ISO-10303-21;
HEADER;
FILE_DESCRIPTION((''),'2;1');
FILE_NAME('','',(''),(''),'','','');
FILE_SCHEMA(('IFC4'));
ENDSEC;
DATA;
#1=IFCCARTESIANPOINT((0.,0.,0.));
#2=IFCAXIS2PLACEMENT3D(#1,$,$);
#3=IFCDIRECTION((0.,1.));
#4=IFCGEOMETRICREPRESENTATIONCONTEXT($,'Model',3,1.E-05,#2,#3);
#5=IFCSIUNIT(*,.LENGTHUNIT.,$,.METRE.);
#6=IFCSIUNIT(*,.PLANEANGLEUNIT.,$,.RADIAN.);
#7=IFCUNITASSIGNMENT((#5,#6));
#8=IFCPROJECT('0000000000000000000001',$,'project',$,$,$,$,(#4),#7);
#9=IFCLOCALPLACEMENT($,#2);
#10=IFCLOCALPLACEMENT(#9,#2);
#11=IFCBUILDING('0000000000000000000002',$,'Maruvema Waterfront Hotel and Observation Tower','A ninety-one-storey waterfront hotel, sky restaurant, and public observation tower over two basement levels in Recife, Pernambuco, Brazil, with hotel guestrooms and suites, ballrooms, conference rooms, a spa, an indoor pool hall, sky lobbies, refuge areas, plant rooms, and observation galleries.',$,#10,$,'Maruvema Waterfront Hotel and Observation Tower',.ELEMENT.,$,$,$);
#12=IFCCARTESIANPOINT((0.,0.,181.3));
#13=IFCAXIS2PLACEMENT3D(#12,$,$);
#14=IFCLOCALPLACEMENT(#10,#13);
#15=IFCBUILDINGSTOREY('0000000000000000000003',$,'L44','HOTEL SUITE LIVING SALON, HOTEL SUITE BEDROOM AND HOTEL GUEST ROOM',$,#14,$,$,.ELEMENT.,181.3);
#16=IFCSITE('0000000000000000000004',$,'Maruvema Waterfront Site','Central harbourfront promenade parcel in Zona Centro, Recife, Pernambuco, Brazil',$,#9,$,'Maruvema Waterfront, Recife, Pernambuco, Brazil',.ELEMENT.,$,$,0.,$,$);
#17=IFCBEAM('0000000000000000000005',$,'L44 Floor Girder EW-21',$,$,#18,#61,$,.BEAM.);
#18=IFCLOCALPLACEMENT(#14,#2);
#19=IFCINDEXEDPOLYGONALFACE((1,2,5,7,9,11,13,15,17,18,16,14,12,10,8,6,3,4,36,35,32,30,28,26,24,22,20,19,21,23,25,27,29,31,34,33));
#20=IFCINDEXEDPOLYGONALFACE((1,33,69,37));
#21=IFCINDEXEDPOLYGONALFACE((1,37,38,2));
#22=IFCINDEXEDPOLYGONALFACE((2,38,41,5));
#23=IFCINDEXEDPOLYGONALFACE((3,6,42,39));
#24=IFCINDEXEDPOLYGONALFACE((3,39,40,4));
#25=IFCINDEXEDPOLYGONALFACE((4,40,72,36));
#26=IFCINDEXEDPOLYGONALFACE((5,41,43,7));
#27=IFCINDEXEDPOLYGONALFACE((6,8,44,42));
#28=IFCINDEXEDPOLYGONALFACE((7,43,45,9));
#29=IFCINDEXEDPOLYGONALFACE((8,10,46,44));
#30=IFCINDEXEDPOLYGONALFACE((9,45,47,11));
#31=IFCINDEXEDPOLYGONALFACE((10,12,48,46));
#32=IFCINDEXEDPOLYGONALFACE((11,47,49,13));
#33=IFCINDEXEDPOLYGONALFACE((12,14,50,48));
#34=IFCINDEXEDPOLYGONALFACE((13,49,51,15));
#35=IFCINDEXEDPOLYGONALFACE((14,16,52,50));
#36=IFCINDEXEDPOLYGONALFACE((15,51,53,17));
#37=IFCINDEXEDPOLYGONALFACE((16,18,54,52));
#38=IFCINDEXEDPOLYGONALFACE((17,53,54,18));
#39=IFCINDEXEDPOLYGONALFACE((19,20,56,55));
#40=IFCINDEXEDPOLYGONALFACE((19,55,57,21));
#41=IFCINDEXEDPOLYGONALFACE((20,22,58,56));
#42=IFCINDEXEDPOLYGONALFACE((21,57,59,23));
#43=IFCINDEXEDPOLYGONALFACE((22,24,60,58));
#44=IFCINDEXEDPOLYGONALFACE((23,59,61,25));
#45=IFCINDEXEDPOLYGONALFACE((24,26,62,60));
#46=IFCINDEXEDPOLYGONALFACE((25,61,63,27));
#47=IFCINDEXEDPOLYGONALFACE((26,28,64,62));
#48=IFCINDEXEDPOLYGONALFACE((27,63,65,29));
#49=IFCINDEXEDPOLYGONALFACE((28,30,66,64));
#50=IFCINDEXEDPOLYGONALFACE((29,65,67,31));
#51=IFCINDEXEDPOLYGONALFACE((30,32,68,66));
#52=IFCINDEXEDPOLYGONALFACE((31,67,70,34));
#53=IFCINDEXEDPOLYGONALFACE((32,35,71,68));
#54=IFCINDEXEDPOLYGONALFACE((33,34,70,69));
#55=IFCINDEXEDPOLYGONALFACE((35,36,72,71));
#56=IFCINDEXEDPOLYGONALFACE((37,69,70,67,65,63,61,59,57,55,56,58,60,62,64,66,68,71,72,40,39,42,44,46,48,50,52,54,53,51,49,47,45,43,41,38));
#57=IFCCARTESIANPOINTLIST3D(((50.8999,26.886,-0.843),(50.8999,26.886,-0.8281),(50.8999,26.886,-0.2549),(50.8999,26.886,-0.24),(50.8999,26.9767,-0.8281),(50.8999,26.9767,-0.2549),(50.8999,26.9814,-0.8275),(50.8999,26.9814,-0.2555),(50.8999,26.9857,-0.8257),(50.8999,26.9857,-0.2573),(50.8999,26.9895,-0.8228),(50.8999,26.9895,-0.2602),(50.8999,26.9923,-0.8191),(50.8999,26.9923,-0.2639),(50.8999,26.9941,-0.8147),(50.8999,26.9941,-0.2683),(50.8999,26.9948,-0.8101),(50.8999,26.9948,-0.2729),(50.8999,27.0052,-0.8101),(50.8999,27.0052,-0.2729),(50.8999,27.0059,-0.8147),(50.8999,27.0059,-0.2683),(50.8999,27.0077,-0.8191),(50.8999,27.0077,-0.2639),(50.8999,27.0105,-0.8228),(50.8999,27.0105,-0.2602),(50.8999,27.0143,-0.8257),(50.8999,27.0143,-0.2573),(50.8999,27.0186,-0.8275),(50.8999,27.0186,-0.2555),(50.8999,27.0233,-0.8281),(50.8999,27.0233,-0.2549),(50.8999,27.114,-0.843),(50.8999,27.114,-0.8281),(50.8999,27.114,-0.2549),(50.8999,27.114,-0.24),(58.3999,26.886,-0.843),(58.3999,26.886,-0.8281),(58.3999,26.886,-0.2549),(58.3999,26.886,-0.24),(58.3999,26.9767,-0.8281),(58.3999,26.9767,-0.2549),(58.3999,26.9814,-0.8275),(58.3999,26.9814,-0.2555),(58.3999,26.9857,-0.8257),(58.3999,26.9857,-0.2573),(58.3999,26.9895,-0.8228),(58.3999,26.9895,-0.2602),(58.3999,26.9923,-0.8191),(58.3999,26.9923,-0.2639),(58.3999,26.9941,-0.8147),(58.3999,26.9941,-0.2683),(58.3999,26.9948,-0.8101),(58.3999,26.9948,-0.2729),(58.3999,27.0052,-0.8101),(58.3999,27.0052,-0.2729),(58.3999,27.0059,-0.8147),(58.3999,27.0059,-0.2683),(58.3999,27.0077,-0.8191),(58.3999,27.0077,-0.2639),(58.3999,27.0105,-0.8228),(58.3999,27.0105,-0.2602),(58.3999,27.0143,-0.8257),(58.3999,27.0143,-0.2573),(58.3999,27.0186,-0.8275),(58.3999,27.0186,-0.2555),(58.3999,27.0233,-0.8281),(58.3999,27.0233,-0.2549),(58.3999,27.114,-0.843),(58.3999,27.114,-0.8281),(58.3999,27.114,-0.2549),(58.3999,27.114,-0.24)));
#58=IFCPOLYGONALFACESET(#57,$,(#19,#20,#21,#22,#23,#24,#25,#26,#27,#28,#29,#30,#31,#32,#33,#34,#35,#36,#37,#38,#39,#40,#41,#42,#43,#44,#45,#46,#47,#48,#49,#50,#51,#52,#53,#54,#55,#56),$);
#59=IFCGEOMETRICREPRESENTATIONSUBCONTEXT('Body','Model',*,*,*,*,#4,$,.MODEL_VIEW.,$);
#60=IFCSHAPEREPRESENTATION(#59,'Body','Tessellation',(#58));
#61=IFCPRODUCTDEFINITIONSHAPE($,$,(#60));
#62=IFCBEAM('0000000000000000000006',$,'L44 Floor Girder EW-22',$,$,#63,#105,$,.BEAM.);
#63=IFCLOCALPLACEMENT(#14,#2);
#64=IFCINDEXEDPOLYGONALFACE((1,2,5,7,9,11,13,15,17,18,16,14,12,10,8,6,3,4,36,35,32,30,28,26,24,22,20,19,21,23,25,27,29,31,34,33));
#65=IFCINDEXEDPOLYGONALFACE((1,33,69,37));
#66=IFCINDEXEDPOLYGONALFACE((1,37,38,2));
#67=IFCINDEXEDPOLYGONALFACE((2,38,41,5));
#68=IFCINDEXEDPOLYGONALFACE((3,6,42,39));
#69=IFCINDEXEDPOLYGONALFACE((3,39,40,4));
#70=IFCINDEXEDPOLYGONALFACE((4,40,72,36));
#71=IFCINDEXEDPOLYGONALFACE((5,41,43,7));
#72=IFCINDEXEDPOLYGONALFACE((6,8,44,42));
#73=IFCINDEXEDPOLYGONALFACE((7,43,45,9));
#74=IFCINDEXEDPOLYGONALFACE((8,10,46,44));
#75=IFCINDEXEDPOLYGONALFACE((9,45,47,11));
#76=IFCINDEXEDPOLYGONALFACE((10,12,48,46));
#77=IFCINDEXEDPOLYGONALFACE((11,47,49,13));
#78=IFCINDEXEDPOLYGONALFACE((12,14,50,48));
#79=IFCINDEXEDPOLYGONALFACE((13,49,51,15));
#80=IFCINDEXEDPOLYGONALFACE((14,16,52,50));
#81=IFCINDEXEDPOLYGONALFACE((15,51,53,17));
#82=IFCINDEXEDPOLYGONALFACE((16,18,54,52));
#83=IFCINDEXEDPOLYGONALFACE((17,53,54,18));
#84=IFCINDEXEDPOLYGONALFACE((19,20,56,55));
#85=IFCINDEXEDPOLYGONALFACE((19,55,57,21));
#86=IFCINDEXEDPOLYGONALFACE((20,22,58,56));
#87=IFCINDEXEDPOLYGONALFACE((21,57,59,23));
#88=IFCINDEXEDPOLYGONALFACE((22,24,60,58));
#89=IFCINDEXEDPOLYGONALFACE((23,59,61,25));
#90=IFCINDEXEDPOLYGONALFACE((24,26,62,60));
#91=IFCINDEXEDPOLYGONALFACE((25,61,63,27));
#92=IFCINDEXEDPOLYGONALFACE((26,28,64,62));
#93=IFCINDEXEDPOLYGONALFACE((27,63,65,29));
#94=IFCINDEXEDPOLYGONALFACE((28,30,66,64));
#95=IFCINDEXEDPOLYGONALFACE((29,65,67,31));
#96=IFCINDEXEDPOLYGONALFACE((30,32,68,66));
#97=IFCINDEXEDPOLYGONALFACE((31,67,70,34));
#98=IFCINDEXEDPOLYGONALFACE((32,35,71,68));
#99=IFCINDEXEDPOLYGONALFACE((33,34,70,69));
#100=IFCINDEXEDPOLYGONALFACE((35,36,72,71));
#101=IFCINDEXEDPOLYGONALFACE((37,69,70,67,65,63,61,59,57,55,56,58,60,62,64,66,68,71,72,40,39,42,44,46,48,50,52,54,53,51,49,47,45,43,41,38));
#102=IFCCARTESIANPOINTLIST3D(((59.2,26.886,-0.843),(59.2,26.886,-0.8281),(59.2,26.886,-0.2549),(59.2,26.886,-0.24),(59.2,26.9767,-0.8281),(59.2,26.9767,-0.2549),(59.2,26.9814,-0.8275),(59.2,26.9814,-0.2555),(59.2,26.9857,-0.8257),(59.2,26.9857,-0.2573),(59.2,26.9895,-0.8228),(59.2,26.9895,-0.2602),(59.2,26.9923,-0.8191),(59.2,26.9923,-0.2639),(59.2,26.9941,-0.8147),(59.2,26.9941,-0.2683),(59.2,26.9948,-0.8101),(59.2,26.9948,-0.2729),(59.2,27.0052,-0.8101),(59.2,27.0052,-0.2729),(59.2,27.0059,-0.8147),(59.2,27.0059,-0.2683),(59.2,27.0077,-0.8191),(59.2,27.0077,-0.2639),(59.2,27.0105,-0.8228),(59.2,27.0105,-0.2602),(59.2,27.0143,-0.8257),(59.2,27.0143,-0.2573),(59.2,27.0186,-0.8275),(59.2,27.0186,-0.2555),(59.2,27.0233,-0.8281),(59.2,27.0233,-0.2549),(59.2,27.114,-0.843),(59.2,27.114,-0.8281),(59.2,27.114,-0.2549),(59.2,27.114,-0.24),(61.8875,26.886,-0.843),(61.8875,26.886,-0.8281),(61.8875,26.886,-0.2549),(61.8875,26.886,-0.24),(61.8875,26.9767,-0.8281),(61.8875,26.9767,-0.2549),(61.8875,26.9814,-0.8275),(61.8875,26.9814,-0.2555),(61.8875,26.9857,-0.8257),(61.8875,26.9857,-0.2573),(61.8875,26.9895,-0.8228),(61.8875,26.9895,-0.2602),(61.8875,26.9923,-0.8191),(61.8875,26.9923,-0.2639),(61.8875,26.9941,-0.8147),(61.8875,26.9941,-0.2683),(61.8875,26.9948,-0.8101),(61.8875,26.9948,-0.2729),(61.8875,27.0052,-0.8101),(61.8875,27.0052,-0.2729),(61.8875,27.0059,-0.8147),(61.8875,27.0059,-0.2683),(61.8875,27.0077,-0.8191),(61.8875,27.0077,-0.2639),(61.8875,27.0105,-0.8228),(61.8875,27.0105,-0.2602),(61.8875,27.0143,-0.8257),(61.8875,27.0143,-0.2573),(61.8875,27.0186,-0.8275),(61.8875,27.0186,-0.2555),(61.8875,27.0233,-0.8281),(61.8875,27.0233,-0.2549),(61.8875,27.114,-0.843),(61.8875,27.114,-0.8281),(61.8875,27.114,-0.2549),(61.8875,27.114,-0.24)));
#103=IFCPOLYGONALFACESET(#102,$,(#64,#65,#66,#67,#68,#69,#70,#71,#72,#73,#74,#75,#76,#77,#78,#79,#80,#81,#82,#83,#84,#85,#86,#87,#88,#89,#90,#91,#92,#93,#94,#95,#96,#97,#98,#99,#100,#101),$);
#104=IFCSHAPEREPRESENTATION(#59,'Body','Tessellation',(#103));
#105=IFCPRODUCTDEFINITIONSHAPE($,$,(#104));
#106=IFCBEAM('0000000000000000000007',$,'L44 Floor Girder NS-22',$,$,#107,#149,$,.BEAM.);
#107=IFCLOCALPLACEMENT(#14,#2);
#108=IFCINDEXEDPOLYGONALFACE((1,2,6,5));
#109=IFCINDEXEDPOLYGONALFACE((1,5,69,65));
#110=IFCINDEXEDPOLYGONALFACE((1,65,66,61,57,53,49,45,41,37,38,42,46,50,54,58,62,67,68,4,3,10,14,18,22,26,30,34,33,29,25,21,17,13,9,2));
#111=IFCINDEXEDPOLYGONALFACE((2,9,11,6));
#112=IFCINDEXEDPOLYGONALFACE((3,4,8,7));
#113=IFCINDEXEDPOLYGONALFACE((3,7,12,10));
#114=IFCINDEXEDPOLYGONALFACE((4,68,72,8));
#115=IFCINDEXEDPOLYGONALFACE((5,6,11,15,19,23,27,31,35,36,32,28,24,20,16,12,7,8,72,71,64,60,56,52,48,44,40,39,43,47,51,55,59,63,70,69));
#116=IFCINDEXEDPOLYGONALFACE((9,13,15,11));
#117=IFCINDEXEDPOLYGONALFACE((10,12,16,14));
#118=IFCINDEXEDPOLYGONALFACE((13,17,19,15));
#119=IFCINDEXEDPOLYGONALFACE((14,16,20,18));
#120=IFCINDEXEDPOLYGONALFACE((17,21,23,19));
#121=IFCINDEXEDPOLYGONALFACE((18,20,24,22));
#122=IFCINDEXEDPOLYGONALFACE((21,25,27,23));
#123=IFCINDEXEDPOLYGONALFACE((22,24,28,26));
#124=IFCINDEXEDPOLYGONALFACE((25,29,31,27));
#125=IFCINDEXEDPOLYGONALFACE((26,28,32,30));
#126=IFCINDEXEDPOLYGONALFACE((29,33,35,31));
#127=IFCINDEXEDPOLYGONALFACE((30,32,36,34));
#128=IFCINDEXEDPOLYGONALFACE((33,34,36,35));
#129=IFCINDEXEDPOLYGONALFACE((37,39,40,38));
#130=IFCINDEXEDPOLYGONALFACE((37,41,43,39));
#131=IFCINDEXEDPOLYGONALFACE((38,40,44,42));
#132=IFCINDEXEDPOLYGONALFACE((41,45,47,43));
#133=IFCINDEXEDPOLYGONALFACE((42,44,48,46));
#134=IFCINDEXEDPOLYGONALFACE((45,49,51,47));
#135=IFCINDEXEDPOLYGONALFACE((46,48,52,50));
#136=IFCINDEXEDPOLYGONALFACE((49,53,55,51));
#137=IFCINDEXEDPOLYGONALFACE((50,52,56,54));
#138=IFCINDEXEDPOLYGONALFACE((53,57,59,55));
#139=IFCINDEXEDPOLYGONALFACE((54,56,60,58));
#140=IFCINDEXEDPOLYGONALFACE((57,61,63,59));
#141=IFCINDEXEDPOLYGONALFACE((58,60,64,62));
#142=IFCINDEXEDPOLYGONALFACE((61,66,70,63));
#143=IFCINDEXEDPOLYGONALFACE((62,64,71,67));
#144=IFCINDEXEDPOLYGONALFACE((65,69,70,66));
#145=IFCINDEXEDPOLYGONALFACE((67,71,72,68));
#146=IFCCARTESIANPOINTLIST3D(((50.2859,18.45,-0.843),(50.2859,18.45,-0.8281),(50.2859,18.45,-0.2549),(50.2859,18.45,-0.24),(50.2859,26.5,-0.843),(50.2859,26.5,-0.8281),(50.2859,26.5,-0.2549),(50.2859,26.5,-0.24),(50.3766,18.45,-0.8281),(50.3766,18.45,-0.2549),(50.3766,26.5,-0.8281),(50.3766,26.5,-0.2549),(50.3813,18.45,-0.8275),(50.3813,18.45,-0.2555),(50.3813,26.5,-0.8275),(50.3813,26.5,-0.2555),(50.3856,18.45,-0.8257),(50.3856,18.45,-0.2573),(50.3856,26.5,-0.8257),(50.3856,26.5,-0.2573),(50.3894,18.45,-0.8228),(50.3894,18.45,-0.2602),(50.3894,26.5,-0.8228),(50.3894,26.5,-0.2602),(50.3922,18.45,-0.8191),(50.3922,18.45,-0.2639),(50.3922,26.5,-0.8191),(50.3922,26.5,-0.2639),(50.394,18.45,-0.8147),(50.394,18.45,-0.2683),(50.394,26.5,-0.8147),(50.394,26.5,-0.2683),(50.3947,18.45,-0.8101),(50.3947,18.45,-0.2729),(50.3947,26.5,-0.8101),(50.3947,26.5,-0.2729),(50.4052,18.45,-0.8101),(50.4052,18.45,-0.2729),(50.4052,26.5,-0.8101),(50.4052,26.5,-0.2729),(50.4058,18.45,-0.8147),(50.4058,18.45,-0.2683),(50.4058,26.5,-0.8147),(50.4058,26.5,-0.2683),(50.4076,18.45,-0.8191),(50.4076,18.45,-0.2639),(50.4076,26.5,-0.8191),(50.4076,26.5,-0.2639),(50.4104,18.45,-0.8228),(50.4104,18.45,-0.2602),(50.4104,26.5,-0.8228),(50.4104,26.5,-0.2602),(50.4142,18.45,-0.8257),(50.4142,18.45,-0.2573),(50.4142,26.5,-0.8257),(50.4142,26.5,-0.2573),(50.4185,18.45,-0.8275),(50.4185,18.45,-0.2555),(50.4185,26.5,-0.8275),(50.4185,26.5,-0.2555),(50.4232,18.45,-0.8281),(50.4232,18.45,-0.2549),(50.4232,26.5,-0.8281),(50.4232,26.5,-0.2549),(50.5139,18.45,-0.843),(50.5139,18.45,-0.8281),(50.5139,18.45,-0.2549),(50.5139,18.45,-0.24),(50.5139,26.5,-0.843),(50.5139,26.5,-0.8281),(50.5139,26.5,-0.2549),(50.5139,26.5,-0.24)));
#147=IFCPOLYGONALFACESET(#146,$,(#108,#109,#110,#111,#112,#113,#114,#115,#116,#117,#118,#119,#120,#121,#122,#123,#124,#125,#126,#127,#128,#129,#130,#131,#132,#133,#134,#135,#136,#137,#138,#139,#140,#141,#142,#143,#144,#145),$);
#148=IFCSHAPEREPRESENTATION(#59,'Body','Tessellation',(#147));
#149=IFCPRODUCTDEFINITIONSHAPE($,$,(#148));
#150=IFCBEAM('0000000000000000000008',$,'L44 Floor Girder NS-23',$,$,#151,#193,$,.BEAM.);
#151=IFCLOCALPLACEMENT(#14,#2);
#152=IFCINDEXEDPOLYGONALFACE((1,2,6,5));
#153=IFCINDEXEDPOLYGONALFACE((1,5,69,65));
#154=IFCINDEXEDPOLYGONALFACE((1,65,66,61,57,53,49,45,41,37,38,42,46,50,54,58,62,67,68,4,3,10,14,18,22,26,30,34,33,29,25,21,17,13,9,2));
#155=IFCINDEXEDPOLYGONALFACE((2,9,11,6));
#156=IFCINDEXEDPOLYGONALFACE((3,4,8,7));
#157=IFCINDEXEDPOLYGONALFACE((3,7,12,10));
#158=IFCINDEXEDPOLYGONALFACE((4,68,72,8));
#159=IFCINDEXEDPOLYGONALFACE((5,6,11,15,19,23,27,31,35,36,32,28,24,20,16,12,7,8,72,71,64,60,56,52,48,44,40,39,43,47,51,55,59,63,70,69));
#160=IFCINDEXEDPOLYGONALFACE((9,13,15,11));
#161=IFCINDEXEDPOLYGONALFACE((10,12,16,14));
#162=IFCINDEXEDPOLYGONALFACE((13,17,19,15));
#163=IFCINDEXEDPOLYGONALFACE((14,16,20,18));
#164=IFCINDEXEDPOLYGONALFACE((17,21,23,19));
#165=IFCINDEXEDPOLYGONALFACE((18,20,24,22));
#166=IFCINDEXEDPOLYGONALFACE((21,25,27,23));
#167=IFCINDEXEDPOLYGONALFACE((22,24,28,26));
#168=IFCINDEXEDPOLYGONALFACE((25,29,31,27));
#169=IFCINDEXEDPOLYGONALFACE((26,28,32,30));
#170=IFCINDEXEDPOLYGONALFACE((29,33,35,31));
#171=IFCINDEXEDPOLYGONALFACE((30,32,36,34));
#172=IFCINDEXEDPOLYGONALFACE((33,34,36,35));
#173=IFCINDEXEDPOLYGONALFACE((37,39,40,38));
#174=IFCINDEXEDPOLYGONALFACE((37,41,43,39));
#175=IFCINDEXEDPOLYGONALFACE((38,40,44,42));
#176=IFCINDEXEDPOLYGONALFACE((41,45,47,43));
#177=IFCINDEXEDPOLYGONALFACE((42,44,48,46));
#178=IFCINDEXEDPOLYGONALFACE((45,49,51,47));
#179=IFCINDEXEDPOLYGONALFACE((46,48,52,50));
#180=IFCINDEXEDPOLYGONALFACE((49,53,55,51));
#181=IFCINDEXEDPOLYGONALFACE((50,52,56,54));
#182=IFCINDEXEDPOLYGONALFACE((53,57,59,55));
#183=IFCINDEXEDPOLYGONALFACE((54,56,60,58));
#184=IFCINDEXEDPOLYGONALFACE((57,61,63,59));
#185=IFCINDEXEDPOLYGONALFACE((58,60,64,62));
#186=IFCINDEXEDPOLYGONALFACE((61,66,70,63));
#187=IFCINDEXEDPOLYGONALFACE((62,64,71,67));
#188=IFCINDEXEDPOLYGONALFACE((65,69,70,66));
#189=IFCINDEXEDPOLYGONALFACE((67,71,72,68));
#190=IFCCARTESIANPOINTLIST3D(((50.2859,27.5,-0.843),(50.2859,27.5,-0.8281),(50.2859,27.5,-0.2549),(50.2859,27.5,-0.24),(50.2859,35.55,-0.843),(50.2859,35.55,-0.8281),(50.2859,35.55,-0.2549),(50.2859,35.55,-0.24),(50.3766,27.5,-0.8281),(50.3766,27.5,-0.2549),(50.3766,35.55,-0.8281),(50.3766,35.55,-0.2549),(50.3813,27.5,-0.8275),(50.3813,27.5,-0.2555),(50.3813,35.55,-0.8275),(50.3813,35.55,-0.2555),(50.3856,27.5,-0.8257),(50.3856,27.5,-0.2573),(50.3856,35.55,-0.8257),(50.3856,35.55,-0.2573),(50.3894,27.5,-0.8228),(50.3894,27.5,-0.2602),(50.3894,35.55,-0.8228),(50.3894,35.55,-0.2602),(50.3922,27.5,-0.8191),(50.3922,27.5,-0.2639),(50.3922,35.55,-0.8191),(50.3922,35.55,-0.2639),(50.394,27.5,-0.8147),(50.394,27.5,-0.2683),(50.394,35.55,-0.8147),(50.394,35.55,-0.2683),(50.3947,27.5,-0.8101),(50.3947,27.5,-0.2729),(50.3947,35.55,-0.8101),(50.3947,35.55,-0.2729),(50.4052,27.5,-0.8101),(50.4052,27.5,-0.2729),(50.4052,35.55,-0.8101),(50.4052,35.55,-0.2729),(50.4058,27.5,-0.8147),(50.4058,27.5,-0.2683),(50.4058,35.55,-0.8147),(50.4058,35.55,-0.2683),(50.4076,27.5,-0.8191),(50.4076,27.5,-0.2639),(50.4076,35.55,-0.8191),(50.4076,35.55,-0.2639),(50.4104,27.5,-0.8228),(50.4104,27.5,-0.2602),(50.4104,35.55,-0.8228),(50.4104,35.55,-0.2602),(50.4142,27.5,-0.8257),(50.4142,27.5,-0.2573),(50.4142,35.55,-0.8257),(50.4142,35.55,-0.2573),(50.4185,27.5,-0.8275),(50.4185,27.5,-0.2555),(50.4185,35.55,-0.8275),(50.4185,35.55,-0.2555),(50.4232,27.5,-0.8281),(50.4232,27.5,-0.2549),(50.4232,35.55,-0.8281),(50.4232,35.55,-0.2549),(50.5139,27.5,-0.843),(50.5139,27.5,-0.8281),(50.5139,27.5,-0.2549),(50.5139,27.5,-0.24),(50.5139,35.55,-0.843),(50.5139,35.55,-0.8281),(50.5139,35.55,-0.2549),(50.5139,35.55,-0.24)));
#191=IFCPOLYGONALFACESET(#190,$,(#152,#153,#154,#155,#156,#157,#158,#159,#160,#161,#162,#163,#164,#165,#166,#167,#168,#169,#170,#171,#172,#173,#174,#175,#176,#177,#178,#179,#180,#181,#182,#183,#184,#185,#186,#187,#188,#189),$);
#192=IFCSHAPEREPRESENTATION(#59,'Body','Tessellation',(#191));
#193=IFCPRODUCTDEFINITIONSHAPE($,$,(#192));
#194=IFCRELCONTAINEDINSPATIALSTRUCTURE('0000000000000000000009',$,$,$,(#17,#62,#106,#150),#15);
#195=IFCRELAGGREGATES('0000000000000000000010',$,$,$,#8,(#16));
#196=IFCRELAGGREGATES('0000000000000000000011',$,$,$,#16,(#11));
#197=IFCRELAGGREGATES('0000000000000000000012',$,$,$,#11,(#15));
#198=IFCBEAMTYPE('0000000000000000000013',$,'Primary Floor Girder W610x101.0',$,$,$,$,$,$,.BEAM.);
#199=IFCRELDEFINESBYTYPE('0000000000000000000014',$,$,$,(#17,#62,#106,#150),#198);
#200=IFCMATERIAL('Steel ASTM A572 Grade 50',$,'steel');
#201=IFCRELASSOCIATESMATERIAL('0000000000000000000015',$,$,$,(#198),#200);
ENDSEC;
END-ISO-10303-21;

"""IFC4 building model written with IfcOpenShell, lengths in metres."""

from ifc_helpers import new_model, si_unit, direction, frame, origin, origin_2d, place, context, subcontext, project, spatial, i_section, extrude, material, material_profile, profile_set, type_object, element, save


model = new_model("IFC4")

# Units and contexts
model_context = context("Model", 3, precision=1e-05, world=origin(), true_north=direction((0.0, 1.0)))
body_context = subcontext(model_context, "Body", "Model", "MODEL_VIEW")
ifc_project = project(units=[si_unit("LENGTHUNIT", "METRE"), si_unit("PLANEANGLEUNIT", "RADIAN")], contexts=[model_context])

# Site, building, storey
site_placement = place(None, origin())
site = spatial("IfcSite", under=ifc_project, at=site_placement, Name="Maruvema Waterfront Site", Description="Central harbourfront promenade parcel in Zona Centro, Recife, Pernambuco, Brazil", LongName="Maruvema Waterfront, Recife, Pernambuco, Brazil", CompositionType="ELEMENT", RefElevation=0.0)
building_placement = place(site_placement, origin())
building = spatial("IfcBuilding", under=site, at=building_placement, Name="Maruvema Waterfront Hotel and Observation Tower", Description="A ninety-one-storey waterfront hotel, sky restaurant, and public observation tower over two basement levels in Recife, Pernambuco, Brazil, with hotel guestrooms and suites, ballrooms, conference rooms, a spa, an indoor pool hall, sky lobbies, refuge areas, plant rooms, and observation galleries.", LongName="Maruvema Waterfront Hotel and Observation Tower", CompositionType="ELEMENT")
storey_placement = place(building_placement, frame((0.0, 0.0, 181.3)))
storey = spatial("IfcBuildingStorey", under=building, at=storey_placement, Name="L44", Description="HOTEL SUITE LIVING SALON, HOTEL SUITE BEDROOM AND HOTEL GUEST ROOM", CompositionType="ELEMENT", Elevation=181.3)

# Beams
ifc_material_1 = material(Name="Steel ASTM A572 Grade 50", Category="steel")
ifc_material_profile_1 = material_profile(ifc_material_1, i_section(OverallWidth=0.228, OverallDepth=0.603, WebThickness=0.0105, FlangeThickness=0.0149, FilletRadius=0.0181, at=origin_2d()), Name="W610x101.0")
ifc_profile_set_1 = profile_set([ifc_material_profile_1], Name="Steel ASTM A572 Grade 50")
beam_type_1 = type_object("IfcBeamType", Name="Primary Floor Girder W610x101.0", PredefinedType="BEAM", material=ifc_profile_set_1)
beam_1_placement = place(storey_placement, frame((50.8999, 27.0, -0.5415), z_axis=(1.0, 0.0, 0.0), x_axis=(0.0, 1.0, 0.0)))
element("IfcBeam", 1, at=beam_1_placement, inside=storey, type_object=beam_type_1, Name="L44 Floor Girder EW-21", PredefinedType="BEAM", context=body_context, shape_type="SweptSolid", body=[
    extrude(i_section(OverallWidth=0.228, OverallDepth=0.603, WebThickness=0.0105, FlangeThickness=0.0149, FilletRadius=0.0181, at=origin_2d()), origin(), (0.0, 0.0, 1.0), 7.5),
])
beam_2_placement = place(storey_placement, frame((59.2, 27.0, -0.5415), z_axis=(1.0, 0.0, 0.0), x_axis=(0.0, 1.0, 0.0)))
element("IfcBeam", 2, at=beam_2_placement, inside=storey, type_object=beam_type_1, Name="L44 Floor Girder EW-22", PredefinedType="BEAM", context=body_context, shape_type="SweptSolid", body=[
    extrude(i_section(OverallWidth=0.228, OverallDepth=0.603, WebThickness=0.0105, FlangeThickness=0.0149, FilletRadius=0.0181, at=origin_2d()), origin(), (0.0, 0.0, 1.0), 2.6875),
])
for number, where, z_axis, x_axis, name in (
    (3, (50.3999, 18.45, -0.5415), (0.0, 1.0, 0.0), (-1.0, 0.0, 0.0), "L44 Floor Girder NS-22"),
    (4, (50.3999, 27.5, -0.5415), (0.0, 1.0, 0.0), (-1.0, 0.0, 0.0), "L44 Floor Girder NS-23"),
):
    element("IfcBeam", number, at=place(storey_placement, frame(where, z_axis=z_axis, x_axis=x_axis)), inside=storey, type_object=beam_type_1, Name=name, PredefinedType="BEAM", context=body_context, shape_type="SweptSolid", body=[
        extrude(i_section(OverallWidth=0.228, OverallDepth=0.603, WebThickness=0.0105, FlangeThickness=0.0149, FilletRadius=0.0181, at=origin_2d()), origin(), (0.0, 0.0, 1.0), 8.05),
    ])

save(model, "model.ifc")
